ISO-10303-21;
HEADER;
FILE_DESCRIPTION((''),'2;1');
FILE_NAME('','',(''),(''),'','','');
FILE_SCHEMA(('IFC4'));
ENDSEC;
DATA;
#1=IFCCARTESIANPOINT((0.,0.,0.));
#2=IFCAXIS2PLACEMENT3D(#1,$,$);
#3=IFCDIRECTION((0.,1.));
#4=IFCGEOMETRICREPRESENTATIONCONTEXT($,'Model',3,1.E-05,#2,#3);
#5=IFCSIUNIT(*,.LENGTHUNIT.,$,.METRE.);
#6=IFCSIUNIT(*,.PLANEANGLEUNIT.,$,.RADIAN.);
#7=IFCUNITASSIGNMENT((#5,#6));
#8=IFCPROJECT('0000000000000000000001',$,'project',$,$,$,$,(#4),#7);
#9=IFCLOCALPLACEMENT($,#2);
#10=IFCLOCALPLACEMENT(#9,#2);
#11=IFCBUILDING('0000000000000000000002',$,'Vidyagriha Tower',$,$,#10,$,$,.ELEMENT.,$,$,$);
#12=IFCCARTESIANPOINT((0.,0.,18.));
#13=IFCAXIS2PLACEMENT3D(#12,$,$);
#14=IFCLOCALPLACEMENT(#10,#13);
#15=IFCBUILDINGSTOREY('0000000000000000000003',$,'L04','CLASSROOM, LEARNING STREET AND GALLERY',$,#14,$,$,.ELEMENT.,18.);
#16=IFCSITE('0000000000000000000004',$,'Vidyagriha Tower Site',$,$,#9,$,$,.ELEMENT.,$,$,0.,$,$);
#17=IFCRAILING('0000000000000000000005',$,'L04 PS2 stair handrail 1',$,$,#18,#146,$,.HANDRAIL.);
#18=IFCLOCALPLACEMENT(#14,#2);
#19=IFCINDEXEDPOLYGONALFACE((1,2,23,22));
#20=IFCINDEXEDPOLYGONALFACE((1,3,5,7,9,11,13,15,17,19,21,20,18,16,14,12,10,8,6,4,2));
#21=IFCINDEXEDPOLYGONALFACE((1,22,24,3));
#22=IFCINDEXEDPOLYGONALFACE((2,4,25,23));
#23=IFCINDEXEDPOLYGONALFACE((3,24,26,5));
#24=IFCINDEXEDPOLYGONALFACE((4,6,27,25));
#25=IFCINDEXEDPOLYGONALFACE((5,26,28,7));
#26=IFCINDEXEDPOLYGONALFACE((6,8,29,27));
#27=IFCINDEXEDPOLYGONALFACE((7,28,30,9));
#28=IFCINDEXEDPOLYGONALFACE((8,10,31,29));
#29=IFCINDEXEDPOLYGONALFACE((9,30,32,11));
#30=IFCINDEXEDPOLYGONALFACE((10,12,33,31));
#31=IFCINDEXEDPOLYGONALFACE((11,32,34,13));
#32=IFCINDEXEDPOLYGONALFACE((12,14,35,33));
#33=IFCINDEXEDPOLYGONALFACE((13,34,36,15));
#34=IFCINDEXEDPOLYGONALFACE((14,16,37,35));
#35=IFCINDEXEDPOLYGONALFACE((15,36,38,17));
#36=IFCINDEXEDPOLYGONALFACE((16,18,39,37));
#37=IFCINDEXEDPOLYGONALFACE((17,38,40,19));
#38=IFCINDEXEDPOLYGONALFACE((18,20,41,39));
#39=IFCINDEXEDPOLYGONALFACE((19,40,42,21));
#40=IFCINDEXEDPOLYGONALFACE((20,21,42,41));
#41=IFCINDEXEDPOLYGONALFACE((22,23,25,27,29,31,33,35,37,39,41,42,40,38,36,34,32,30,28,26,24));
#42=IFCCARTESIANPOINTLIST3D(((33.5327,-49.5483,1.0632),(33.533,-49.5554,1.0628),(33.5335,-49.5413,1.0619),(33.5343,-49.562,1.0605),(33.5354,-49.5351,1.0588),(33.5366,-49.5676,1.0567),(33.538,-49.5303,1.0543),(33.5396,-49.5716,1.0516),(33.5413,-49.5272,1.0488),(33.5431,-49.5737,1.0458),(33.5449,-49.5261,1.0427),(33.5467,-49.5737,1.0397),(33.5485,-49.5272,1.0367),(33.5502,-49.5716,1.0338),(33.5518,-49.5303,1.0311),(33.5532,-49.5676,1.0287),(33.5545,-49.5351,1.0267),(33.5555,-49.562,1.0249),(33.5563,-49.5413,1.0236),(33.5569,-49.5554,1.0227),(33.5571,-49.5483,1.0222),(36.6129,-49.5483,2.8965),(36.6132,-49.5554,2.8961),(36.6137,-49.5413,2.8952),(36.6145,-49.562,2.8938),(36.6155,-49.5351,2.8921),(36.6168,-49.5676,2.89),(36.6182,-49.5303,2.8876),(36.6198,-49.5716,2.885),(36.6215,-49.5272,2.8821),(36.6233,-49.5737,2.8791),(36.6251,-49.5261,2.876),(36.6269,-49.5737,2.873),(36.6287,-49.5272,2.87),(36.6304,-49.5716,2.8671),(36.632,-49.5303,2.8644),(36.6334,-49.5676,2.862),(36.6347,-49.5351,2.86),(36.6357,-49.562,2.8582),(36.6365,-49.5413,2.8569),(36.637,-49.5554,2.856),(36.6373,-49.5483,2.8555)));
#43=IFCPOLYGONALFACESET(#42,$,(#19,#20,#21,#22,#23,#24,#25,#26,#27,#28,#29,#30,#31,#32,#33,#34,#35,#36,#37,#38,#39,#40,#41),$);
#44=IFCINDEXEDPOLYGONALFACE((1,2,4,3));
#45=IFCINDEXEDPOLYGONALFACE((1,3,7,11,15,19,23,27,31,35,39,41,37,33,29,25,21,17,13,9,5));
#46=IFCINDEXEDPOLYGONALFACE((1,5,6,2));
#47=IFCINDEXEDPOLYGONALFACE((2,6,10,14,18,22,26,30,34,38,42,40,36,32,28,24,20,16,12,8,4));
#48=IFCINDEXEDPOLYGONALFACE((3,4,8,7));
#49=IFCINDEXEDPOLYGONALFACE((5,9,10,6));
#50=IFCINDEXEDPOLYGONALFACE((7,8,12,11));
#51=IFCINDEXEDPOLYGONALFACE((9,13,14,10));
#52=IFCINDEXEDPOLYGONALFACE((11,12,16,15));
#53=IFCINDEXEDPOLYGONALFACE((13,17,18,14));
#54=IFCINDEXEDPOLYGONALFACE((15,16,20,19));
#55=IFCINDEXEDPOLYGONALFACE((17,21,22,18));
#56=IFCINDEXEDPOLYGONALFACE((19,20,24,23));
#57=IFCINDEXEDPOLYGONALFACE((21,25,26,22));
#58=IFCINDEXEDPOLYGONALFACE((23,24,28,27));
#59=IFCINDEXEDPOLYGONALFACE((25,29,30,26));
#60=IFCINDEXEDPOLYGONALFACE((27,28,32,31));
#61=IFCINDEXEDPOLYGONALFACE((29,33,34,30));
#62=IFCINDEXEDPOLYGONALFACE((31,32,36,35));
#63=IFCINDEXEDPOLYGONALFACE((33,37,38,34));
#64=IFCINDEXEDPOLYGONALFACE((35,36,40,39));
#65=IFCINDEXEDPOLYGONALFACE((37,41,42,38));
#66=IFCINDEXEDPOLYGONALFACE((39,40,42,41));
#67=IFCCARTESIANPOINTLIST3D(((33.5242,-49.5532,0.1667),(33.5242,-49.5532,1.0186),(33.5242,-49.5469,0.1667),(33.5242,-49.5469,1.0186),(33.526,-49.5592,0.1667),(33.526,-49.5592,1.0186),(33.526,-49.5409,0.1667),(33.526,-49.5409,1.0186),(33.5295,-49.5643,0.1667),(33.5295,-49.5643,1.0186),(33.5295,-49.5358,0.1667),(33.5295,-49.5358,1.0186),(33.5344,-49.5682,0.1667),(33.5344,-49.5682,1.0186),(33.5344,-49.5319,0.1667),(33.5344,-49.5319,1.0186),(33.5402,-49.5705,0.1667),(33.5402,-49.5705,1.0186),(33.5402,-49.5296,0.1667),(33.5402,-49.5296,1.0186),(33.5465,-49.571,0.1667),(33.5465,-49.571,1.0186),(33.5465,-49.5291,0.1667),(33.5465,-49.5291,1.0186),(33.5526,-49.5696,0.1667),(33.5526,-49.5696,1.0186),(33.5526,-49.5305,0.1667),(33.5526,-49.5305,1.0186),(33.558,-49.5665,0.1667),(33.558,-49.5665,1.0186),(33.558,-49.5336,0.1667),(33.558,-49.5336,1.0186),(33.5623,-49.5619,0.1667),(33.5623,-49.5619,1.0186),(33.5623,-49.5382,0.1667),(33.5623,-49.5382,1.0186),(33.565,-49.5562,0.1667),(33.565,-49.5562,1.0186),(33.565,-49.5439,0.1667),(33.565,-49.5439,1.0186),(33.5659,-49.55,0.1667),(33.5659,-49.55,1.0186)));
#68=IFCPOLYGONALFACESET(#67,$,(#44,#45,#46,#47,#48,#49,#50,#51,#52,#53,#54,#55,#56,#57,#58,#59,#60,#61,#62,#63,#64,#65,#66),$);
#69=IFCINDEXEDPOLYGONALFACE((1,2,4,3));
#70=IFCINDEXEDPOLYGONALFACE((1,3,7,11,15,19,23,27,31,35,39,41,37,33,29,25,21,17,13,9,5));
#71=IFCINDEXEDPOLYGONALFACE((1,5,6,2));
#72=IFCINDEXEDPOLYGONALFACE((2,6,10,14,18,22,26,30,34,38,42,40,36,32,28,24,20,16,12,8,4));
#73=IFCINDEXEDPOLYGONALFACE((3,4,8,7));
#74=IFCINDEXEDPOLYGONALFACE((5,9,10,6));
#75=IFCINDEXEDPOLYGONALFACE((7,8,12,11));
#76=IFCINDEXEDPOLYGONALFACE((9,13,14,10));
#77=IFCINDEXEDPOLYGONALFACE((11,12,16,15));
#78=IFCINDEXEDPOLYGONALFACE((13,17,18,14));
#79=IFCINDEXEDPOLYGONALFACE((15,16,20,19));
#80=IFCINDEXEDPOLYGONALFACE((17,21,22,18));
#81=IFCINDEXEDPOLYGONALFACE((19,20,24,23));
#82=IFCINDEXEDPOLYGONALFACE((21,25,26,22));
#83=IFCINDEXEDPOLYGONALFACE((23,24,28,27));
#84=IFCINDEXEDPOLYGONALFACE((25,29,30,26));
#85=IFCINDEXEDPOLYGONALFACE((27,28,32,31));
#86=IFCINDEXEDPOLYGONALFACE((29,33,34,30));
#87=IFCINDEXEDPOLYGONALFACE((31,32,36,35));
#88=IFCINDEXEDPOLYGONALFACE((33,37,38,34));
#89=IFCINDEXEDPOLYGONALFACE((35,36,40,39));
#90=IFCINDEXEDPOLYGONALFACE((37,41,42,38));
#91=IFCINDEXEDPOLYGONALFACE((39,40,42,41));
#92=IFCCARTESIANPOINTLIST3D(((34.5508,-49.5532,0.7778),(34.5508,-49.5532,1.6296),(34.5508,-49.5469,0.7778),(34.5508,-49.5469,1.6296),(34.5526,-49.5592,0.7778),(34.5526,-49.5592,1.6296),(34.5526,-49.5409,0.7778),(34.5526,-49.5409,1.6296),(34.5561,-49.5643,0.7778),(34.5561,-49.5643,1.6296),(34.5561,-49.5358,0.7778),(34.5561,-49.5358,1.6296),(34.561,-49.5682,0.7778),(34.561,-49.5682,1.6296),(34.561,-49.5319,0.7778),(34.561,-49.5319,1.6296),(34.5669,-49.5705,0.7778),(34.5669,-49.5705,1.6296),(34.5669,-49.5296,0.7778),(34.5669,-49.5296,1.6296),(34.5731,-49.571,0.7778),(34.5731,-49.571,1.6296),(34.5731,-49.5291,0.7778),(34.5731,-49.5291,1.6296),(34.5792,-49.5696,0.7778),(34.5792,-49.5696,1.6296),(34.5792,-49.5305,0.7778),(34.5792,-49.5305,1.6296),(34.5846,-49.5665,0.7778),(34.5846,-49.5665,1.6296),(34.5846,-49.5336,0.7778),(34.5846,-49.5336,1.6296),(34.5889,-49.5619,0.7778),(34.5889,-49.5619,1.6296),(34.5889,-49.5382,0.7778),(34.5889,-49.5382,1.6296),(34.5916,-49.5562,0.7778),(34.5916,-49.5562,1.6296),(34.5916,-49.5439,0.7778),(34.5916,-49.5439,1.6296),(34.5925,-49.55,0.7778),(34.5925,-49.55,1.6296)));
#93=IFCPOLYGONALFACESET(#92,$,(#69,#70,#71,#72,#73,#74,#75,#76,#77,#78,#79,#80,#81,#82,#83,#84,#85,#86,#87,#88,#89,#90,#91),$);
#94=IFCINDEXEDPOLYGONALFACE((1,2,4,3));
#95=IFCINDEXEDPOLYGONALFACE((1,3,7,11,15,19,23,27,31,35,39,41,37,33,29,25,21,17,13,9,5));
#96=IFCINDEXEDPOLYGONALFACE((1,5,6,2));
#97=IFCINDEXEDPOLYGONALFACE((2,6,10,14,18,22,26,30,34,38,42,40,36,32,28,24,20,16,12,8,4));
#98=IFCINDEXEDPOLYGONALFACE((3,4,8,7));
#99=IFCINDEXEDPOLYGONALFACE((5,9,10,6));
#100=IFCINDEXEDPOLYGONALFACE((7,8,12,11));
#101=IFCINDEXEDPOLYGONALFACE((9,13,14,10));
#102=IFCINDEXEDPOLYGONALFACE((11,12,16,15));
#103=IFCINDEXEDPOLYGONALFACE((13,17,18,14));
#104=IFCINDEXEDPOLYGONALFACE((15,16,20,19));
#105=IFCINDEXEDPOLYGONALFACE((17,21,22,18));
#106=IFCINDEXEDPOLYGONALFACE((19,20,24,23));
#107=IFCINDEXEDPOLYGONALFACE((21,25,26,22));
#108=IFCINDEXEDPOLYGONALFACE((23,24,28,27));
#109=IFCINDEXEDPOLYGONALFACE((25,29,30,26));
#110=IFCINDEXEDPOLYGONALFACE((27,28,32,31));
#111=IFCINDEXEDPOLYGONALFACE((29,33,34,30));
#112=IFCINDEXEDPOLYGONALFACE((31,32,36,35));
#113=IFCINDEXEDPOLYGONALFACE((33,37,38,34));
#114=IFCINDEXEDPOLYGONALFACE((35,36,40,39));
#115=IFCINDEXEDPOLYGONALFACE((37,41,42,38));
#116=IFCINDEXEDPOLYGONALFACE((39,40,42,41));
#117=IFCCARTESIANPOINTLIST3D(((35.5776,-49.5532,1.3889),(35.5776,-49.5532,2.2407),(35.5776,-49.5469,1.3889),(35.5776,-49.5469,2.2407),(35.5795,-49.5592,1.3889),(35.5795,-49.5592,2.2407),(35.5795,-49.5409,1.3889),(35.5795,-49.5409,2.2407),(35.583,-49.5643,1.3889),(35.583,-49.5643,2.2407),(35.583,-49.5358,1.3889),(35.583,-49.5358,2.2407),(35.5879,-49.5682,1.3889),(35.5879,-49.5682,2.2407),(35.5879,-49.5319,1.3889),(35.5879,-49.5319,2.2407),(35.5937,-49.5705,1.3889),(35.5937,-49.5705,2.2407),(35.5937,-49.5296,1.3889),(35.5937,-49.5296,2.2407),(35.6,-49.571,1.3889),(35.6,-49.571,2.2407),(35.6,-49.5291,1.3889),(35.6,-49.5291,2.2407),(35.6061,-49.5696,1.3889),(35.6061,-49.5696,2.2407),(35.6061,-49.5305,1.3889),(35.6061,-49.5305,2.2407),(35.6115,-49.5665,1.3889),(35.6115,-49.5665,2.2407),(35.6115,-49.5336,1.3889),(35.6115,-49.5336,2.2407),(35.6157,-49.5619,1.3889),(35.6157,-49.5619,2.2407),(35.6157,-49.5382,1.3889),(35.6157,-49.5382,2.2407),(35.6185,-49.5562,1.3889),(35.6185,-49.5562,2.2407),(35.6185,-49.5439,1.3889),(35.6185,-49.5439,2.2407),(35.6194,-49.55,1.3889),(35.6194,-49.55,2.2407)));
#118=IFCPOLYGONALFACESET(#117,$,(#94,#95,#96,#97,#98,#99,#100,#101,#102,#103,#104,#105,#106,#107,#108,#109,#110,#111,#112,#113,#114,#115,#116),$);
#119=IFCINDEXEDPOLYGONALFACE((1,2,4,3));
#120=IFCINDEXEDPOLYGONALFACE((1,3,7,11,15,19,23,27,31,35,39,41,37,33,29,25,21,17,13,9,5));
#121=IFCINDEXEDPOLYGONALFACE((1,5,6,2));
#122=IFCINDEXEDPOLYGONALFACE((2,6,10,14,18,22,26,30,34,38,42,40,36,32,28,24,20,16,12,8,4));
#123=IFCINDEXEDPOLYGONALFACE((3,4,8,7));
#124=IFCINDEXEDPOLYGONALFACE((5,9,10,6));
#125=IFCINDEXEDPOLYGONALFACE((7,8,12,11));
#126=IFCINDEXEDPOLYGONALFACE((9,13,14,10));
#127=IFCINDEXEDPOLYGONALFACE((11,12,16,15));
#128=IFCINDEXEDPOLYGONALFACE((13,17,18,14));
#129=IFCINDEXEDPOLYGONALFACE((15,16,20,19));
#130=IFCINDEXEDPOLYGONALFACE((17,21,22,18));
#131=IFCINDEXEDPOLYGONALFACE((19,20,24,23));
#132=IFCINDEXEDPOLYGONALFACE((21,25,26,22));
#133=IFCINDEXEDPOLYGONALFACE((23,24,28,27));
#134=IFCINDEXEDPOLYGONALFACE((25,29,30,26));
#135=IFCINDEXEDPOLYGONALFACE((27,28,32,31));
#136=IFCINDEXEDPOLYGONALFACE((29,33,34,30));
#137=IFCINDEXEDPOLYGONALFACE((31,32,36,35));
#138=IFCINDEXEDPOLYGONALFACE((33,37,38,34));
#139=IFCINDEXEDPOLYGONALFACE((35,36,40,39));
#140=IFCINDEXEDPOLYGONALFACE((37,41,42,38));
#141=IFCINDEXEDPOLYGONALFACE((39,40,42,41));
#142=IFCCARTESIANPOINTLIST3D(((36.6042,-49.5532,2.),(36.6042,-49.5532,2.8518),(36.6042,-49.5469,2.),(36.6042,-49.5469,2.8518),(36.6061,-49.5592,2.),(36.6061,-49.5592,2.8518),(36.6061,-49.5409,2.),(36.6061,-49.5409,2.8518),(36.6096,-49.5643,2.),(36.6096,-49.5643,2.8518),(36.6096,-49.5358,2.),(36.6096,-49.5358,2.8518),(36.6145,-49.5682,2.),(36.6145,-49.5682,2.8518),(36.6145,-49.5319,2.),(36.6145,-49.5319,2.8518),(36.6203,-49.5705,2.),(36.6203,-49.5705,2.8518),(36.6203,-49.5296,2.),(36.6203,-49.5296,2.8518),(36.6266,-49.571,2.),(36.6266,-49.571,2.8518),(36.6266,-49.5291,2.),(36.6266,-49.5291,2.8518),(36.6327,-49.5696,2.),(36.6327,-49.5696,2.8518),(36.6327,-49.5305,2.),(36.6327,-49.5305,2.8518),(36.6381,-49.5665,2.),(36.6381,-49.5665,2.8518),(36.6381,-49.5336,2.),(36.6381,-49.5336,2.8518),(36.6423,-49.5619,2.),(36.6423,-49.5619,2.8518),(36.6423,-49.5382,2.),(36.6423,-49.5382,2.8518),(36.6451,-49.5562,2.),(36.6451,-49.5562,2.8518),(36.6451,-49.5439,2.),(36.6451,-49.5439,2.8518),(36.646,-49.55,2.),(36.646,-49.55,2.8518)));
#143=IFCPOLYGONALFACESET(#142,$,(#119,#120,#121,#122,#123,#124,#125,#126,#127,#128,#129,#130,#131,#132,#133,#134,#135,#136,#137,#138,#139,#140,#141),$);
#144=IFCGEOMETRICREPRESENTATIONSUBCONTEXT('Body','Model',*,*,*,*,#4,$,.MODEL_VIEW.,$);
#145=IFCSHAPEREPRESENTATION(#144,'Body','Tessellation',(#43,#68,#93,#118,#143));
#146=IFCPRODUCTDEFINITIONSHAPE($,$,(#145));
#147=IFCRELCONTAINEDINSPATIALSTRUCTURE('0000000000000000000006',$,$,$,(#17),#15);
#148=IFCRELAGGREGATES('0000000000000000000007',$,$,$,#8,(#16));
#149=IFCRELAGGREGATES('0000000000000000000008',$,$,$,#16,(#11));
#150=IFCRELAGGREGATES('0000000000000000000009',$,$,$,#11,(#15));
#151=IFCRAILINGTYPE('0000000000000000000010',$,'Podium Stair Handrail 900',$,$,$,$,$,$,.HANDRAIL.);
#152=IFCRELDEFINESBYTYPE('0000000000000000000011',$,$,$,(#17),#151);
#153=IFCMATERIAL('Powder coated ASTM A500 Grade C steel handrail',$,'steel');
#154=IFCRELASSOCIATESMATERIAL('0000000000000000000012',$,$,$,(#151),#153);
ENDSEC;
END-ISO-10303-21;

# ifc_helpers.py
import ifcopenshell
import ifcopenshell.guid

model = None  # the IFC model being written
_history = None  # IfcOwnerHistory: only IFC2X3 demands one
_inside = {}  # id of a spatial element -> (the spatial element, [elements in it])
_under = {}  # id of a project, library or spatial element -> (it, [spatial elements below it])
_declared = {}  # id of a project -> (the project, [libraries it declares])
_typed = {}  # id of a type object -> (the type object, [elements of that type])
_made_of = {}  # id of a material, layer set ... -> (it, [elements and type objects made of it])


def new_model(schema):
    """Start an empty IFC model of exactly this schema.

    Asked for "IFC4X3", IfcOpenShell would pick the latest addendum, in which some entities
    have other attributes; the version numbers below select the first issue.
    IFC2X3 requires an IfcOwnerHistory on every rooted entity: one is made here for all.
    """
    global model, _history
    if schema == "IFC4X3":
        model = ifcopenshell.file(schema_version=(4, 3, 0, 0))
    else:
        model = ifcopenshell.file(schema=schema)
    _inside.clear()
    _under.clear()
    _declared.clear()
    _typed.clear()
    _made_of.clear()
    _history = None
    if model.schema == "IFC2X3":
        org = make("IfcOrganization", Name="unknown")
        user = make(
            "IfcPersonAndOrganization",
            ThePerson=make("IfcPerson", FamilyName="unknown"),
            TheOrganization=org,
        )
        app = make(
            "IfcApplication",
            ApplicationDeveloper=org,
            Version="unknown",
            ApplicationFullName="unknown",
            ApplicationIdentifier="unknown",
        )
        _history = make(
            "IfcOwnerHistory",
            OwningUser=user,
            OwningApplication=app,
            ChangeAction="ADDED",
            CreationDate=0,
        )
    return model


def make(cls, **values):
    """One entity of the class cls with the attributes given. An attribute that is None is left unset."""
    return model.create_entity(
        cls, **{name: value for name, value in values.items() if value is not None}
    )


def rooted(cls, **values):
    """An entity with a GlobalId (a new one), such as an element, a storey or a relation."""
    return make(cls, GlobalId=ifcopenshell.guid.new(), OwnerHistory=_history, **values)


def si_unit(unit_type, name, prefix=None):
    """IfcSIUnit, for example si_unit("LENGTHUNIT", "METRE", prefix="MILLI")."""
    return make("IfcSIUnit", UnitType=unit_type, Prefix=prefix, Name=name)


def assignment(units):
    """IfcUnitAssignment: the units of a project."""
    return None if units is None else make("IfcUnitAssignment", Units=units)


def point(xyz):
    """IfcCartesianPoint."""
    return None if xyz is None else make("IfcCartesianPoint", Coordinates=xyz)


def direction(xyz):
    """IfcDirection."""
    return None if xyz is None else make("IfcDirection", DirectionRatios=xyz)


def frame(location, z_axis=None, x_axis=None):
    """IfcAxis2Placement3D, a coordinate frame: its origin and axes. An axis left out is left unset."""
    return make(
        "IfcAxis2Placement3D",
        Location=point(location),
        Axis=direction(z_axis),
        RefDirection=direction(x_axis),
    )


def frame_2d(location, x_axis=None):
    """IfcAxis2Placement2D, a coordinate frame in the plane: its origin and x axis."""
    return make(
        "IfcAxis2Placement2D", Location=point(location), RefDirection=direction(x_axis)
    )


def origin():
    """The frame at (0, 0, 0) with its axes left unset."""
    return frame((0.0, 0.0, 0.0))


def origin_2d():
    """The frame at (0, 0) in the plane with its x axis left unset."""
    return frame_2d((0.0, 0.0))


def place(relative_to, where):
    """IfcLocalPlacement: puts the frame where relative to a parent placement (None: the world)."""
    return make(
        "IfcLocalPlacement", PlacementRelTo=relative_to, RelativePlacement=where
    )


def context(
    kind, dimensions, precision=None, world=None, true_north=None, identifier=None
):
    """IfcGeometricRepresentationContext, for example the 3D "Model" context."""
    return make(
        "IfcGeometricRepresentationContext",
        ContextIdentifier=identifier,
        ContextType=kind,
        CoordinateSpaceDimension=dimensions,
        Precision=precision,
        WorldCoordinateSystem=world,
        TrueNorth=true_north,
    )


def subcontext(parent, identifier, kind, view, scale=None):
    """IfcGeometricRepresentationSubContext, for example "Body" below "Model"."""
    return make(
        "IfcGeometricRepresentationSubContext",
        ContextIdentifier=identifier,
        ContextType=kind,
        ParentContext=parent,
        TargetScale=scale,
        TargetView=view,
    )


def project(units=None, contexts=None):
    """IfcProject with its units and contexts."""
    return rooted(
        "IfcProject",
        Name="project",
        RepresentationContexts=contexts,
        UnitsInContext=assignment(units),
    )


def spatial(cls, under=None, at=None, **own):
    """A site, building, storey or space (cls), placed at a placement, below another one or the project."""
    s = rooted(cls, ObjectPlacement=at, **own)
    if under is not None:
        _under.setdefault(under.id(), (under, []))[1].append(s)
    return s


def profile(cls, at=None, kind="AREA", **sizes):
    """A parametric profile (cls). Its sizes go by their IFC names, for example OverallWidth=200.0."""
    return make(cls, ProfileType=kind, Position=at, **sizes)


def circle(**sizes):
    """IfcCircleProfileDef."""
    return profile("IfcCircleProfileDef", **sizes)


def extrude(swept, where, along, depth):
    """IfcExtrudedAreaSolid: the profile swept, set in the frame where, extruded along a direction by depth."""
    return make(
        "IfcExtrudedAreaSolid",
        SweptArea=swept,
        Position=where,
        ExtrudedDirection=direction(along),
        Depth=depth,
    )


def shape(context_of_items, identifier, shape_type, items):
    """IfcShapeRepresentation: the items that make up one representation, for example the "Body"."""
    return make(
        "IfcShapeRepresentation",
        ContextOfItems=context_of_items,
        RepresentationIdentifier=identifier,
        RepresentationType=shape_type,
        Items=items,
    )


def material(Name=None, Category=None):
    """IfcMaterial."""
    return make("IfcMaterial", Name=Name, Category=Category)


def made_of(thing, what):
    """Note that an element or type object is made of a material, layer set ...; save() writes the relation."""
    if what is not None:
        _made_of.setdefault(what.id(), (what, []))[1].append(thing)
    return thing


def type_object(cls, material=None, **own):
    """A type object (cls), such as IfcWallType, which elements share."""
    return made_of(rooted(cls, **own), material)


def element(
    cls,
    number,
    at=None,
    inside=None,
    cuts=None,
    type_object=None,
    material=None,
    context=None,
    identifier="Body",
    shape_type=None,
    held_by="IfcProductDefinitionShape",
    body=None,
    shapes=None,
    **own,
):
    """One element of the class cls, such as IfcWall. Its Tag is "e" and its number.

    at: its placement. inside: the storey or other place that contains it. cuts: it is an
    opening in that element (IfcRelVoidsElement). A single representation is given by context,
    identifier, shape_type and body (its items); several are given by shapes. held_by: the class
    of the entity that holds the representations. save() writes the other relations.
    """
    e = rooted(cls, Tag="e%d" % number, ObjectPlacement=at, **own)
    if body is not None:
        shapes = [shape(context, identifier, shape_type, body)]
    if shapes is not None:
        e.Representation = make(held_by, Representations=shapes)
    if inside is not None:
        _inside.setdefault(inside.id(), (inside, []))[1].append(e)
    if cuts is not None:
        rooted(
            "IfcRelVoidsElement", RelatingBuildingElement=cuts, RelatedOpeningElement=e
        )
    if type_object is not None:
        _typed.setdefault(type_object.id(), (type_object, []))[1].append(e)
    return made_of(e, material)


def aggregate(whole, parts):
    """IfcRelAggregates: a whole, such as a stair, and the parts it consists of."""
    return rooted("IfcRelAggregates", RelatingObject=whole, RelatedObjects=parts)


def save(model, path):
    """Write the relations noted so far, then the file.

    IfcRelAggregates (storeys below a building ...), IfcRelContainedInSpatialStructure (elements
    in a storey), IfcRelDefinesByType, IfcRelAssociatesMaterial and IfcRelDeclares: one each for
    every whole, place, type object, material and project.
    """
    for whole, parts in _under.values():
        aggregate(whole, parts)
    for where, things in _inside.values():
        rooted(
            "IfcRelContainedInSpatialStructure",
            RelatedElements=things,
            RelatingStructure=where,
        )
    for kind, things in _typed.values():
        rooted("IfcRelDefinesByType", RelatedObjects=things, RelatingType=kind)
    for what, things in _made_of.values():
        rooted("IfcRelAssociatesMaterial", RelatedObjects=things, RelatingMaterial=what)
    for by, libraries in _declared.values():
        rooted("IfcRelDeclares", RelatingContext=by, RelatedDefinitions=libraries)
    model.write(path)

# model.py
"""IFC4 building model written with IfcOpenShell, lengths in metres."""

from ifc_helpers import new_model, si_unit, direction, frame, origin, origin_2d, place, context, subcontext, project, spatial, circle, extrude, material, type_object, element, save


model = new_model("IFC4")

# Units and contexts
model_context = context("Model", 3, precision=1e-05, world=origin(), true_north=direction((0.0, 1.0)))
body_context = subcontext(model_context, "Body", "Model", "MODEL_VIEW")
ifc_project = project(units=[si_unit("LENGTHUNIT", "METRE"), si_unit("PLANEANGLEUNIT", "RADIAN")], contexts=[model_context])

# Site, building, storey
site_placement = place(None, origin())
site = spatial("IfcSite", under=ifc_project, at=site_placement, Name="Vidyagriha Tower Site", CompositionType="ELEMENT", RefElevation=0.0)
building_placement = place(site_placement, origin())
building = spatial("IfcBuilding", under=site, at=building_placement, Name="Vidyagriha Tower", CompositionType="ELEMENT")
storey_placement = place(building_placement, frame((0.0, 0.0, 18.0)))
storey = spatial("IfcBuildingStorey", under=building, at=storey_placement, Name="L04", Description="CLASSROOM, LEARNING STREET AND GALLERY", CompositionType="ELEMENT", Elevation=18.0)

# Railing
ifc_material_1 = material(Name="Powder coated ASTM A500 Grade C steel handrail", Category="steel")
railing_type_1 = type_object("IfcRailingType", Name="Podium Stair Handrail 900", PredefinedType="HANDRAIL", material=ifc_material_1)
railing_1_placement = place(storey_placement, frame((33.5449, -49.55, 0.1667)))
element("IfcRailing", 1, at=railing_1_placement, inside=storey, type_object=railing_type_1, Name="L04 PS2 stair handrail 1", PredefinedType="HANDRAIL", context=body_context, shape_type="SweptSolid", body=[
    extrude(circle(Radius=0.0239, at=origin_2d()), frame((0.0, 0.0, 0.876), z_axis=(0.859309, 0.0, 0.511458), x_axis=(0.0, 1.0, 0.0)), (0.0, 0.0, 1.0), 3.5845),
    extrude(circle(Radius=0.021, at=origin_2d()), origin(), (0.0, 0.0, 1.0), 0.8518),
    extrude(circle(Radius=0.021, at=origin_2d()), frame((1.0266, 0.0, 0.6111)), (0.0, 0.0, 1.0), 0.8518),
    extrude(circle(Radius=0.021, at=origin_2d()), frame((2.0535, 0.0, 1.2222)), (0.0, 0.0, 1.0), 0.8518),
    extrude(circle(Radius=0.021, at=origin_2d()), frame((3.0801, 0.0, 1.8333)), (0.0, 0.0, 1.0), 0.8518),
])

save(model, "model.ifc")
